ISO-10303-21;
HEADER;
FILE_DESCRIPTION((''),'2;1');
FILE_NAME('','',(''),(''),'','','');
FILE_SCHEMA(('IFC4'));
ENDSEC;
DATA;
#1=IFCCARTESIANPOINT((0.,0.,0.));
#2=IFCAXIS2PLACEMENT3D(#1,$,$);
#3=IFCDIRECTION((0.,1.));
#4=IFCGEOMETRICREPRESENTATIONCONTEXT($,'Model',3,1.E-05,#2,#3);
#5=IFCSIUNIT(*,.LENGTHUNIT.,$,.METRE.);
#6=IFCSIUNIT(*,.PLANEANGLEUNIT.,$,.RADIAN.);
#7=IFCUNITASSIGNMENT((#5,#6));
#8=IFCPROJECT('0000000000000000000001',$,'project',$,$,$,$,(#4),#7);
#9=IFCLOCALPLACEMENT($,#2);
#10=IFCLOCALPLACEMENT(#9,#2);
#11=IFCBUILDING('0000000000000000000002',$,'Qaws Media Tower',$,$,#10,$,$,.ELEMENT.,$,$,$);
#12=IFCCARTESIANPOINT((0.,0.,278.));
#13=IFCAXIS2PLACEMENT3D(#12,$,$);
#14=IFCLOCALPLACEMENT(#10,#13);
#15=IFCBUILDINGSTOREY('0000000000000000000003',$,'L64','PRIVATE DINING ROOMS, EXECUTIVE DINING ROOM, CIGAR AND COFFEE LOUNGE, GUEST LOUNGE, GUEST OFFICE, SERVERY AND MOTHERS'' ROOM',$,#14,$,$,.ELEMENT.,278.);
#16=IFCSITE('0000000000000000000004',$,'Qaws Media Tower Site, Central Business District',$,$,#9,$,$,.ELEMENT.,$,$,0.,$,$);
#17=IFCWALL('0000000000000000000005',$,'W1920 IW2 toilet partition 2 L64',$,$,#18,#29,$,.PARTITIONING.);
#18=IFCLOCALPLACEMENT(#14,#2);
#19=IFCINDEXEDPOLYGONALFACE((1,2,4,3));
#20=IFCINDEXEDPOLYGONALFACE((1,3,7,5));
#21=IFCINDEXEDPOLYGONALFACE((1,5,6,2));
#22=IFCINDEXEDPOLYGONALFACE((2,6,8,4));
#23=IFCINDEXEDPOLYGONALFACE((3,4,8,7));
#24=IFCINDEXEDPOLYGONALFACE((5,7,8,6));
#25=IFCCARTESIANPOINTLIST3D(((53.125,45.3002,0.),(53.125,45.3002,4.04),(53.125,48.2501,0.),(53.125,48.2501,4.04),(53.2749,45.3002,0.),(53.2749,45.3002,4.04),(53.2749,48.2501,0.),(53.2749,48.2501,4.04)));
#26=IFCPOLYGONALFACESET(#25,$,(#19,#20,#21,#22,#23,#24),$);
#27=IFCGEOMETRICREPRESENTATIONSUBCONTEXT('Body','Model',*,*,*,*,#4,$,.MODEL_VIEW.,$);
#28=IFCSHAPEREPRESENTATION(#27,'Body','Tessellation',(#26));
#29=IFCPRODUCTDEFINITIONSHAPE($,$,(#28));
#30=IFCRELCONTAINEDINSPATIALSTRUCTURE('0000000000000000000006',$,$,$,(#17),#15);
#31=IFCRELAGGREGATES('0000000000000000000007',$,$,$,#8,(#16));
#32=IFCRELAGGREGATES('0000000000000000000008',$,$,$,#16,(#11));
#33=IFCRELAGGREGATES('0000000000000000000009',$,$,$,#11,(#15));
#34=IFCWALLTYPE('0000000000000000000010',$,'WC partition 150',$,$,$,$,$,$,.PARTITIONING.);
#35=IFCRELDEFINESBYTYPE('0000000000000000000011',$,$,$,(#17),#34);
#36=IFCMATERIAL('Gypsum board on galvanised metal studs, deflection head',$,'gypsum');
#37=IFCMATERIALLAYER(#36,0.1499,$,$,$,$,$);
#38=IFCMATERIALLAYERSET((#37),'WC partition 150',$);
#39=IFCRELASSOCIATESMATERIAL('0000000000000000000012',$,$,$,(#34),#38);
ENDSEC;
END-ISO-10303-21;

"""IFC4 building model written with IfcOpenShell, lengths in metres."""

from ifc_helpers import new_model, si_unit, direction, frame, frame_2d, origin, place, context, subcontext, project, spatial, rectangle, extrude, material, layer, layer_set, type_object, element, save


model = new_model("IFC4")

# Units and contexts
model_context = context("Model", 3, precision=1e-05, world=origin(), true_north=direction((0.0, 1.0)))
body_context = subcontext(model_context, "Body", "Model", "MODEL_VIEW")
ifc_project = project(units=[si_unit("LENGTHUNIT", "METRE"), si_unit("PLANEANGLEUNIT", "RADIAN")], contexts=[model_context])

# Site, building, storey
site_placement = place(None, origin())
site = spatial("IfcSite", under=ifc_project, at=site_placement, Name="Qaws Media Tower Site, Central Business District", CompositionType="ELEMENT", RefElevation=0.0)
building_placement = place(site_placement, origin())
building = spatial("IfcBuilding", under=site, at=building_placement, Name="Qaws Media Tower", CompositionType="ELEMENT")
storey_placement = place(building_placement, frame((0.0, 0.0, 278.0)))
storey = spatial("IfcBuildingStorey", under=building, at=storey_placement, Name="L64", Description="PRIVATE DINING ROOMS, EXECUTIVE DINING ROOM, CIGAR AND COFFEE LOUNGE, GUEST LOUNGE, GUEST OFFICE, SERVERY AND MOTHERS' ROOM", CompositionType="ELEMENT", Elevation=278.0)

# Wall
ifc_material_1 = material(Name="Gypsum board on galvanised metal studs, deflection head", Category="gypsum")
ifc_layer_1 = layer(ifc_material_1, 0.1499)
ifc_layer_set_1 = layer_set([ifc_layer_1], Name="WC partition 150")
wall_type_1 = type_object("IfcWallType", Name="WC partition 150", PredefinedType="PARTITIONING", material=ifc_layer_set_1)
for number, where, z_axis, x_axis, name in (
    (1, (53.2, 45.3, 0.0), (0.0, 0.0, 1.0), (0.0, 1.0, 0.0), "W1920 IW2 toilet partition 2 L64"),
):
    element("IfcWall", number, at=place(storey_placement, frame(where, z_axis=z_axis, x_axis=x_axis)), inside=storey, type_object=wall_type_1, Name=name, PredefinedType="PARTITIONING", context=body_context, shape_type="SweptSolid", body=[
        extrude(rectangle(XDim=2.95, YDim=0.1499, at=frame_2d((1.4751, 0.0))), origin(), (0.0, 0.0, 1.0), 4.04),
    ])

save(model, "model.ifc")
